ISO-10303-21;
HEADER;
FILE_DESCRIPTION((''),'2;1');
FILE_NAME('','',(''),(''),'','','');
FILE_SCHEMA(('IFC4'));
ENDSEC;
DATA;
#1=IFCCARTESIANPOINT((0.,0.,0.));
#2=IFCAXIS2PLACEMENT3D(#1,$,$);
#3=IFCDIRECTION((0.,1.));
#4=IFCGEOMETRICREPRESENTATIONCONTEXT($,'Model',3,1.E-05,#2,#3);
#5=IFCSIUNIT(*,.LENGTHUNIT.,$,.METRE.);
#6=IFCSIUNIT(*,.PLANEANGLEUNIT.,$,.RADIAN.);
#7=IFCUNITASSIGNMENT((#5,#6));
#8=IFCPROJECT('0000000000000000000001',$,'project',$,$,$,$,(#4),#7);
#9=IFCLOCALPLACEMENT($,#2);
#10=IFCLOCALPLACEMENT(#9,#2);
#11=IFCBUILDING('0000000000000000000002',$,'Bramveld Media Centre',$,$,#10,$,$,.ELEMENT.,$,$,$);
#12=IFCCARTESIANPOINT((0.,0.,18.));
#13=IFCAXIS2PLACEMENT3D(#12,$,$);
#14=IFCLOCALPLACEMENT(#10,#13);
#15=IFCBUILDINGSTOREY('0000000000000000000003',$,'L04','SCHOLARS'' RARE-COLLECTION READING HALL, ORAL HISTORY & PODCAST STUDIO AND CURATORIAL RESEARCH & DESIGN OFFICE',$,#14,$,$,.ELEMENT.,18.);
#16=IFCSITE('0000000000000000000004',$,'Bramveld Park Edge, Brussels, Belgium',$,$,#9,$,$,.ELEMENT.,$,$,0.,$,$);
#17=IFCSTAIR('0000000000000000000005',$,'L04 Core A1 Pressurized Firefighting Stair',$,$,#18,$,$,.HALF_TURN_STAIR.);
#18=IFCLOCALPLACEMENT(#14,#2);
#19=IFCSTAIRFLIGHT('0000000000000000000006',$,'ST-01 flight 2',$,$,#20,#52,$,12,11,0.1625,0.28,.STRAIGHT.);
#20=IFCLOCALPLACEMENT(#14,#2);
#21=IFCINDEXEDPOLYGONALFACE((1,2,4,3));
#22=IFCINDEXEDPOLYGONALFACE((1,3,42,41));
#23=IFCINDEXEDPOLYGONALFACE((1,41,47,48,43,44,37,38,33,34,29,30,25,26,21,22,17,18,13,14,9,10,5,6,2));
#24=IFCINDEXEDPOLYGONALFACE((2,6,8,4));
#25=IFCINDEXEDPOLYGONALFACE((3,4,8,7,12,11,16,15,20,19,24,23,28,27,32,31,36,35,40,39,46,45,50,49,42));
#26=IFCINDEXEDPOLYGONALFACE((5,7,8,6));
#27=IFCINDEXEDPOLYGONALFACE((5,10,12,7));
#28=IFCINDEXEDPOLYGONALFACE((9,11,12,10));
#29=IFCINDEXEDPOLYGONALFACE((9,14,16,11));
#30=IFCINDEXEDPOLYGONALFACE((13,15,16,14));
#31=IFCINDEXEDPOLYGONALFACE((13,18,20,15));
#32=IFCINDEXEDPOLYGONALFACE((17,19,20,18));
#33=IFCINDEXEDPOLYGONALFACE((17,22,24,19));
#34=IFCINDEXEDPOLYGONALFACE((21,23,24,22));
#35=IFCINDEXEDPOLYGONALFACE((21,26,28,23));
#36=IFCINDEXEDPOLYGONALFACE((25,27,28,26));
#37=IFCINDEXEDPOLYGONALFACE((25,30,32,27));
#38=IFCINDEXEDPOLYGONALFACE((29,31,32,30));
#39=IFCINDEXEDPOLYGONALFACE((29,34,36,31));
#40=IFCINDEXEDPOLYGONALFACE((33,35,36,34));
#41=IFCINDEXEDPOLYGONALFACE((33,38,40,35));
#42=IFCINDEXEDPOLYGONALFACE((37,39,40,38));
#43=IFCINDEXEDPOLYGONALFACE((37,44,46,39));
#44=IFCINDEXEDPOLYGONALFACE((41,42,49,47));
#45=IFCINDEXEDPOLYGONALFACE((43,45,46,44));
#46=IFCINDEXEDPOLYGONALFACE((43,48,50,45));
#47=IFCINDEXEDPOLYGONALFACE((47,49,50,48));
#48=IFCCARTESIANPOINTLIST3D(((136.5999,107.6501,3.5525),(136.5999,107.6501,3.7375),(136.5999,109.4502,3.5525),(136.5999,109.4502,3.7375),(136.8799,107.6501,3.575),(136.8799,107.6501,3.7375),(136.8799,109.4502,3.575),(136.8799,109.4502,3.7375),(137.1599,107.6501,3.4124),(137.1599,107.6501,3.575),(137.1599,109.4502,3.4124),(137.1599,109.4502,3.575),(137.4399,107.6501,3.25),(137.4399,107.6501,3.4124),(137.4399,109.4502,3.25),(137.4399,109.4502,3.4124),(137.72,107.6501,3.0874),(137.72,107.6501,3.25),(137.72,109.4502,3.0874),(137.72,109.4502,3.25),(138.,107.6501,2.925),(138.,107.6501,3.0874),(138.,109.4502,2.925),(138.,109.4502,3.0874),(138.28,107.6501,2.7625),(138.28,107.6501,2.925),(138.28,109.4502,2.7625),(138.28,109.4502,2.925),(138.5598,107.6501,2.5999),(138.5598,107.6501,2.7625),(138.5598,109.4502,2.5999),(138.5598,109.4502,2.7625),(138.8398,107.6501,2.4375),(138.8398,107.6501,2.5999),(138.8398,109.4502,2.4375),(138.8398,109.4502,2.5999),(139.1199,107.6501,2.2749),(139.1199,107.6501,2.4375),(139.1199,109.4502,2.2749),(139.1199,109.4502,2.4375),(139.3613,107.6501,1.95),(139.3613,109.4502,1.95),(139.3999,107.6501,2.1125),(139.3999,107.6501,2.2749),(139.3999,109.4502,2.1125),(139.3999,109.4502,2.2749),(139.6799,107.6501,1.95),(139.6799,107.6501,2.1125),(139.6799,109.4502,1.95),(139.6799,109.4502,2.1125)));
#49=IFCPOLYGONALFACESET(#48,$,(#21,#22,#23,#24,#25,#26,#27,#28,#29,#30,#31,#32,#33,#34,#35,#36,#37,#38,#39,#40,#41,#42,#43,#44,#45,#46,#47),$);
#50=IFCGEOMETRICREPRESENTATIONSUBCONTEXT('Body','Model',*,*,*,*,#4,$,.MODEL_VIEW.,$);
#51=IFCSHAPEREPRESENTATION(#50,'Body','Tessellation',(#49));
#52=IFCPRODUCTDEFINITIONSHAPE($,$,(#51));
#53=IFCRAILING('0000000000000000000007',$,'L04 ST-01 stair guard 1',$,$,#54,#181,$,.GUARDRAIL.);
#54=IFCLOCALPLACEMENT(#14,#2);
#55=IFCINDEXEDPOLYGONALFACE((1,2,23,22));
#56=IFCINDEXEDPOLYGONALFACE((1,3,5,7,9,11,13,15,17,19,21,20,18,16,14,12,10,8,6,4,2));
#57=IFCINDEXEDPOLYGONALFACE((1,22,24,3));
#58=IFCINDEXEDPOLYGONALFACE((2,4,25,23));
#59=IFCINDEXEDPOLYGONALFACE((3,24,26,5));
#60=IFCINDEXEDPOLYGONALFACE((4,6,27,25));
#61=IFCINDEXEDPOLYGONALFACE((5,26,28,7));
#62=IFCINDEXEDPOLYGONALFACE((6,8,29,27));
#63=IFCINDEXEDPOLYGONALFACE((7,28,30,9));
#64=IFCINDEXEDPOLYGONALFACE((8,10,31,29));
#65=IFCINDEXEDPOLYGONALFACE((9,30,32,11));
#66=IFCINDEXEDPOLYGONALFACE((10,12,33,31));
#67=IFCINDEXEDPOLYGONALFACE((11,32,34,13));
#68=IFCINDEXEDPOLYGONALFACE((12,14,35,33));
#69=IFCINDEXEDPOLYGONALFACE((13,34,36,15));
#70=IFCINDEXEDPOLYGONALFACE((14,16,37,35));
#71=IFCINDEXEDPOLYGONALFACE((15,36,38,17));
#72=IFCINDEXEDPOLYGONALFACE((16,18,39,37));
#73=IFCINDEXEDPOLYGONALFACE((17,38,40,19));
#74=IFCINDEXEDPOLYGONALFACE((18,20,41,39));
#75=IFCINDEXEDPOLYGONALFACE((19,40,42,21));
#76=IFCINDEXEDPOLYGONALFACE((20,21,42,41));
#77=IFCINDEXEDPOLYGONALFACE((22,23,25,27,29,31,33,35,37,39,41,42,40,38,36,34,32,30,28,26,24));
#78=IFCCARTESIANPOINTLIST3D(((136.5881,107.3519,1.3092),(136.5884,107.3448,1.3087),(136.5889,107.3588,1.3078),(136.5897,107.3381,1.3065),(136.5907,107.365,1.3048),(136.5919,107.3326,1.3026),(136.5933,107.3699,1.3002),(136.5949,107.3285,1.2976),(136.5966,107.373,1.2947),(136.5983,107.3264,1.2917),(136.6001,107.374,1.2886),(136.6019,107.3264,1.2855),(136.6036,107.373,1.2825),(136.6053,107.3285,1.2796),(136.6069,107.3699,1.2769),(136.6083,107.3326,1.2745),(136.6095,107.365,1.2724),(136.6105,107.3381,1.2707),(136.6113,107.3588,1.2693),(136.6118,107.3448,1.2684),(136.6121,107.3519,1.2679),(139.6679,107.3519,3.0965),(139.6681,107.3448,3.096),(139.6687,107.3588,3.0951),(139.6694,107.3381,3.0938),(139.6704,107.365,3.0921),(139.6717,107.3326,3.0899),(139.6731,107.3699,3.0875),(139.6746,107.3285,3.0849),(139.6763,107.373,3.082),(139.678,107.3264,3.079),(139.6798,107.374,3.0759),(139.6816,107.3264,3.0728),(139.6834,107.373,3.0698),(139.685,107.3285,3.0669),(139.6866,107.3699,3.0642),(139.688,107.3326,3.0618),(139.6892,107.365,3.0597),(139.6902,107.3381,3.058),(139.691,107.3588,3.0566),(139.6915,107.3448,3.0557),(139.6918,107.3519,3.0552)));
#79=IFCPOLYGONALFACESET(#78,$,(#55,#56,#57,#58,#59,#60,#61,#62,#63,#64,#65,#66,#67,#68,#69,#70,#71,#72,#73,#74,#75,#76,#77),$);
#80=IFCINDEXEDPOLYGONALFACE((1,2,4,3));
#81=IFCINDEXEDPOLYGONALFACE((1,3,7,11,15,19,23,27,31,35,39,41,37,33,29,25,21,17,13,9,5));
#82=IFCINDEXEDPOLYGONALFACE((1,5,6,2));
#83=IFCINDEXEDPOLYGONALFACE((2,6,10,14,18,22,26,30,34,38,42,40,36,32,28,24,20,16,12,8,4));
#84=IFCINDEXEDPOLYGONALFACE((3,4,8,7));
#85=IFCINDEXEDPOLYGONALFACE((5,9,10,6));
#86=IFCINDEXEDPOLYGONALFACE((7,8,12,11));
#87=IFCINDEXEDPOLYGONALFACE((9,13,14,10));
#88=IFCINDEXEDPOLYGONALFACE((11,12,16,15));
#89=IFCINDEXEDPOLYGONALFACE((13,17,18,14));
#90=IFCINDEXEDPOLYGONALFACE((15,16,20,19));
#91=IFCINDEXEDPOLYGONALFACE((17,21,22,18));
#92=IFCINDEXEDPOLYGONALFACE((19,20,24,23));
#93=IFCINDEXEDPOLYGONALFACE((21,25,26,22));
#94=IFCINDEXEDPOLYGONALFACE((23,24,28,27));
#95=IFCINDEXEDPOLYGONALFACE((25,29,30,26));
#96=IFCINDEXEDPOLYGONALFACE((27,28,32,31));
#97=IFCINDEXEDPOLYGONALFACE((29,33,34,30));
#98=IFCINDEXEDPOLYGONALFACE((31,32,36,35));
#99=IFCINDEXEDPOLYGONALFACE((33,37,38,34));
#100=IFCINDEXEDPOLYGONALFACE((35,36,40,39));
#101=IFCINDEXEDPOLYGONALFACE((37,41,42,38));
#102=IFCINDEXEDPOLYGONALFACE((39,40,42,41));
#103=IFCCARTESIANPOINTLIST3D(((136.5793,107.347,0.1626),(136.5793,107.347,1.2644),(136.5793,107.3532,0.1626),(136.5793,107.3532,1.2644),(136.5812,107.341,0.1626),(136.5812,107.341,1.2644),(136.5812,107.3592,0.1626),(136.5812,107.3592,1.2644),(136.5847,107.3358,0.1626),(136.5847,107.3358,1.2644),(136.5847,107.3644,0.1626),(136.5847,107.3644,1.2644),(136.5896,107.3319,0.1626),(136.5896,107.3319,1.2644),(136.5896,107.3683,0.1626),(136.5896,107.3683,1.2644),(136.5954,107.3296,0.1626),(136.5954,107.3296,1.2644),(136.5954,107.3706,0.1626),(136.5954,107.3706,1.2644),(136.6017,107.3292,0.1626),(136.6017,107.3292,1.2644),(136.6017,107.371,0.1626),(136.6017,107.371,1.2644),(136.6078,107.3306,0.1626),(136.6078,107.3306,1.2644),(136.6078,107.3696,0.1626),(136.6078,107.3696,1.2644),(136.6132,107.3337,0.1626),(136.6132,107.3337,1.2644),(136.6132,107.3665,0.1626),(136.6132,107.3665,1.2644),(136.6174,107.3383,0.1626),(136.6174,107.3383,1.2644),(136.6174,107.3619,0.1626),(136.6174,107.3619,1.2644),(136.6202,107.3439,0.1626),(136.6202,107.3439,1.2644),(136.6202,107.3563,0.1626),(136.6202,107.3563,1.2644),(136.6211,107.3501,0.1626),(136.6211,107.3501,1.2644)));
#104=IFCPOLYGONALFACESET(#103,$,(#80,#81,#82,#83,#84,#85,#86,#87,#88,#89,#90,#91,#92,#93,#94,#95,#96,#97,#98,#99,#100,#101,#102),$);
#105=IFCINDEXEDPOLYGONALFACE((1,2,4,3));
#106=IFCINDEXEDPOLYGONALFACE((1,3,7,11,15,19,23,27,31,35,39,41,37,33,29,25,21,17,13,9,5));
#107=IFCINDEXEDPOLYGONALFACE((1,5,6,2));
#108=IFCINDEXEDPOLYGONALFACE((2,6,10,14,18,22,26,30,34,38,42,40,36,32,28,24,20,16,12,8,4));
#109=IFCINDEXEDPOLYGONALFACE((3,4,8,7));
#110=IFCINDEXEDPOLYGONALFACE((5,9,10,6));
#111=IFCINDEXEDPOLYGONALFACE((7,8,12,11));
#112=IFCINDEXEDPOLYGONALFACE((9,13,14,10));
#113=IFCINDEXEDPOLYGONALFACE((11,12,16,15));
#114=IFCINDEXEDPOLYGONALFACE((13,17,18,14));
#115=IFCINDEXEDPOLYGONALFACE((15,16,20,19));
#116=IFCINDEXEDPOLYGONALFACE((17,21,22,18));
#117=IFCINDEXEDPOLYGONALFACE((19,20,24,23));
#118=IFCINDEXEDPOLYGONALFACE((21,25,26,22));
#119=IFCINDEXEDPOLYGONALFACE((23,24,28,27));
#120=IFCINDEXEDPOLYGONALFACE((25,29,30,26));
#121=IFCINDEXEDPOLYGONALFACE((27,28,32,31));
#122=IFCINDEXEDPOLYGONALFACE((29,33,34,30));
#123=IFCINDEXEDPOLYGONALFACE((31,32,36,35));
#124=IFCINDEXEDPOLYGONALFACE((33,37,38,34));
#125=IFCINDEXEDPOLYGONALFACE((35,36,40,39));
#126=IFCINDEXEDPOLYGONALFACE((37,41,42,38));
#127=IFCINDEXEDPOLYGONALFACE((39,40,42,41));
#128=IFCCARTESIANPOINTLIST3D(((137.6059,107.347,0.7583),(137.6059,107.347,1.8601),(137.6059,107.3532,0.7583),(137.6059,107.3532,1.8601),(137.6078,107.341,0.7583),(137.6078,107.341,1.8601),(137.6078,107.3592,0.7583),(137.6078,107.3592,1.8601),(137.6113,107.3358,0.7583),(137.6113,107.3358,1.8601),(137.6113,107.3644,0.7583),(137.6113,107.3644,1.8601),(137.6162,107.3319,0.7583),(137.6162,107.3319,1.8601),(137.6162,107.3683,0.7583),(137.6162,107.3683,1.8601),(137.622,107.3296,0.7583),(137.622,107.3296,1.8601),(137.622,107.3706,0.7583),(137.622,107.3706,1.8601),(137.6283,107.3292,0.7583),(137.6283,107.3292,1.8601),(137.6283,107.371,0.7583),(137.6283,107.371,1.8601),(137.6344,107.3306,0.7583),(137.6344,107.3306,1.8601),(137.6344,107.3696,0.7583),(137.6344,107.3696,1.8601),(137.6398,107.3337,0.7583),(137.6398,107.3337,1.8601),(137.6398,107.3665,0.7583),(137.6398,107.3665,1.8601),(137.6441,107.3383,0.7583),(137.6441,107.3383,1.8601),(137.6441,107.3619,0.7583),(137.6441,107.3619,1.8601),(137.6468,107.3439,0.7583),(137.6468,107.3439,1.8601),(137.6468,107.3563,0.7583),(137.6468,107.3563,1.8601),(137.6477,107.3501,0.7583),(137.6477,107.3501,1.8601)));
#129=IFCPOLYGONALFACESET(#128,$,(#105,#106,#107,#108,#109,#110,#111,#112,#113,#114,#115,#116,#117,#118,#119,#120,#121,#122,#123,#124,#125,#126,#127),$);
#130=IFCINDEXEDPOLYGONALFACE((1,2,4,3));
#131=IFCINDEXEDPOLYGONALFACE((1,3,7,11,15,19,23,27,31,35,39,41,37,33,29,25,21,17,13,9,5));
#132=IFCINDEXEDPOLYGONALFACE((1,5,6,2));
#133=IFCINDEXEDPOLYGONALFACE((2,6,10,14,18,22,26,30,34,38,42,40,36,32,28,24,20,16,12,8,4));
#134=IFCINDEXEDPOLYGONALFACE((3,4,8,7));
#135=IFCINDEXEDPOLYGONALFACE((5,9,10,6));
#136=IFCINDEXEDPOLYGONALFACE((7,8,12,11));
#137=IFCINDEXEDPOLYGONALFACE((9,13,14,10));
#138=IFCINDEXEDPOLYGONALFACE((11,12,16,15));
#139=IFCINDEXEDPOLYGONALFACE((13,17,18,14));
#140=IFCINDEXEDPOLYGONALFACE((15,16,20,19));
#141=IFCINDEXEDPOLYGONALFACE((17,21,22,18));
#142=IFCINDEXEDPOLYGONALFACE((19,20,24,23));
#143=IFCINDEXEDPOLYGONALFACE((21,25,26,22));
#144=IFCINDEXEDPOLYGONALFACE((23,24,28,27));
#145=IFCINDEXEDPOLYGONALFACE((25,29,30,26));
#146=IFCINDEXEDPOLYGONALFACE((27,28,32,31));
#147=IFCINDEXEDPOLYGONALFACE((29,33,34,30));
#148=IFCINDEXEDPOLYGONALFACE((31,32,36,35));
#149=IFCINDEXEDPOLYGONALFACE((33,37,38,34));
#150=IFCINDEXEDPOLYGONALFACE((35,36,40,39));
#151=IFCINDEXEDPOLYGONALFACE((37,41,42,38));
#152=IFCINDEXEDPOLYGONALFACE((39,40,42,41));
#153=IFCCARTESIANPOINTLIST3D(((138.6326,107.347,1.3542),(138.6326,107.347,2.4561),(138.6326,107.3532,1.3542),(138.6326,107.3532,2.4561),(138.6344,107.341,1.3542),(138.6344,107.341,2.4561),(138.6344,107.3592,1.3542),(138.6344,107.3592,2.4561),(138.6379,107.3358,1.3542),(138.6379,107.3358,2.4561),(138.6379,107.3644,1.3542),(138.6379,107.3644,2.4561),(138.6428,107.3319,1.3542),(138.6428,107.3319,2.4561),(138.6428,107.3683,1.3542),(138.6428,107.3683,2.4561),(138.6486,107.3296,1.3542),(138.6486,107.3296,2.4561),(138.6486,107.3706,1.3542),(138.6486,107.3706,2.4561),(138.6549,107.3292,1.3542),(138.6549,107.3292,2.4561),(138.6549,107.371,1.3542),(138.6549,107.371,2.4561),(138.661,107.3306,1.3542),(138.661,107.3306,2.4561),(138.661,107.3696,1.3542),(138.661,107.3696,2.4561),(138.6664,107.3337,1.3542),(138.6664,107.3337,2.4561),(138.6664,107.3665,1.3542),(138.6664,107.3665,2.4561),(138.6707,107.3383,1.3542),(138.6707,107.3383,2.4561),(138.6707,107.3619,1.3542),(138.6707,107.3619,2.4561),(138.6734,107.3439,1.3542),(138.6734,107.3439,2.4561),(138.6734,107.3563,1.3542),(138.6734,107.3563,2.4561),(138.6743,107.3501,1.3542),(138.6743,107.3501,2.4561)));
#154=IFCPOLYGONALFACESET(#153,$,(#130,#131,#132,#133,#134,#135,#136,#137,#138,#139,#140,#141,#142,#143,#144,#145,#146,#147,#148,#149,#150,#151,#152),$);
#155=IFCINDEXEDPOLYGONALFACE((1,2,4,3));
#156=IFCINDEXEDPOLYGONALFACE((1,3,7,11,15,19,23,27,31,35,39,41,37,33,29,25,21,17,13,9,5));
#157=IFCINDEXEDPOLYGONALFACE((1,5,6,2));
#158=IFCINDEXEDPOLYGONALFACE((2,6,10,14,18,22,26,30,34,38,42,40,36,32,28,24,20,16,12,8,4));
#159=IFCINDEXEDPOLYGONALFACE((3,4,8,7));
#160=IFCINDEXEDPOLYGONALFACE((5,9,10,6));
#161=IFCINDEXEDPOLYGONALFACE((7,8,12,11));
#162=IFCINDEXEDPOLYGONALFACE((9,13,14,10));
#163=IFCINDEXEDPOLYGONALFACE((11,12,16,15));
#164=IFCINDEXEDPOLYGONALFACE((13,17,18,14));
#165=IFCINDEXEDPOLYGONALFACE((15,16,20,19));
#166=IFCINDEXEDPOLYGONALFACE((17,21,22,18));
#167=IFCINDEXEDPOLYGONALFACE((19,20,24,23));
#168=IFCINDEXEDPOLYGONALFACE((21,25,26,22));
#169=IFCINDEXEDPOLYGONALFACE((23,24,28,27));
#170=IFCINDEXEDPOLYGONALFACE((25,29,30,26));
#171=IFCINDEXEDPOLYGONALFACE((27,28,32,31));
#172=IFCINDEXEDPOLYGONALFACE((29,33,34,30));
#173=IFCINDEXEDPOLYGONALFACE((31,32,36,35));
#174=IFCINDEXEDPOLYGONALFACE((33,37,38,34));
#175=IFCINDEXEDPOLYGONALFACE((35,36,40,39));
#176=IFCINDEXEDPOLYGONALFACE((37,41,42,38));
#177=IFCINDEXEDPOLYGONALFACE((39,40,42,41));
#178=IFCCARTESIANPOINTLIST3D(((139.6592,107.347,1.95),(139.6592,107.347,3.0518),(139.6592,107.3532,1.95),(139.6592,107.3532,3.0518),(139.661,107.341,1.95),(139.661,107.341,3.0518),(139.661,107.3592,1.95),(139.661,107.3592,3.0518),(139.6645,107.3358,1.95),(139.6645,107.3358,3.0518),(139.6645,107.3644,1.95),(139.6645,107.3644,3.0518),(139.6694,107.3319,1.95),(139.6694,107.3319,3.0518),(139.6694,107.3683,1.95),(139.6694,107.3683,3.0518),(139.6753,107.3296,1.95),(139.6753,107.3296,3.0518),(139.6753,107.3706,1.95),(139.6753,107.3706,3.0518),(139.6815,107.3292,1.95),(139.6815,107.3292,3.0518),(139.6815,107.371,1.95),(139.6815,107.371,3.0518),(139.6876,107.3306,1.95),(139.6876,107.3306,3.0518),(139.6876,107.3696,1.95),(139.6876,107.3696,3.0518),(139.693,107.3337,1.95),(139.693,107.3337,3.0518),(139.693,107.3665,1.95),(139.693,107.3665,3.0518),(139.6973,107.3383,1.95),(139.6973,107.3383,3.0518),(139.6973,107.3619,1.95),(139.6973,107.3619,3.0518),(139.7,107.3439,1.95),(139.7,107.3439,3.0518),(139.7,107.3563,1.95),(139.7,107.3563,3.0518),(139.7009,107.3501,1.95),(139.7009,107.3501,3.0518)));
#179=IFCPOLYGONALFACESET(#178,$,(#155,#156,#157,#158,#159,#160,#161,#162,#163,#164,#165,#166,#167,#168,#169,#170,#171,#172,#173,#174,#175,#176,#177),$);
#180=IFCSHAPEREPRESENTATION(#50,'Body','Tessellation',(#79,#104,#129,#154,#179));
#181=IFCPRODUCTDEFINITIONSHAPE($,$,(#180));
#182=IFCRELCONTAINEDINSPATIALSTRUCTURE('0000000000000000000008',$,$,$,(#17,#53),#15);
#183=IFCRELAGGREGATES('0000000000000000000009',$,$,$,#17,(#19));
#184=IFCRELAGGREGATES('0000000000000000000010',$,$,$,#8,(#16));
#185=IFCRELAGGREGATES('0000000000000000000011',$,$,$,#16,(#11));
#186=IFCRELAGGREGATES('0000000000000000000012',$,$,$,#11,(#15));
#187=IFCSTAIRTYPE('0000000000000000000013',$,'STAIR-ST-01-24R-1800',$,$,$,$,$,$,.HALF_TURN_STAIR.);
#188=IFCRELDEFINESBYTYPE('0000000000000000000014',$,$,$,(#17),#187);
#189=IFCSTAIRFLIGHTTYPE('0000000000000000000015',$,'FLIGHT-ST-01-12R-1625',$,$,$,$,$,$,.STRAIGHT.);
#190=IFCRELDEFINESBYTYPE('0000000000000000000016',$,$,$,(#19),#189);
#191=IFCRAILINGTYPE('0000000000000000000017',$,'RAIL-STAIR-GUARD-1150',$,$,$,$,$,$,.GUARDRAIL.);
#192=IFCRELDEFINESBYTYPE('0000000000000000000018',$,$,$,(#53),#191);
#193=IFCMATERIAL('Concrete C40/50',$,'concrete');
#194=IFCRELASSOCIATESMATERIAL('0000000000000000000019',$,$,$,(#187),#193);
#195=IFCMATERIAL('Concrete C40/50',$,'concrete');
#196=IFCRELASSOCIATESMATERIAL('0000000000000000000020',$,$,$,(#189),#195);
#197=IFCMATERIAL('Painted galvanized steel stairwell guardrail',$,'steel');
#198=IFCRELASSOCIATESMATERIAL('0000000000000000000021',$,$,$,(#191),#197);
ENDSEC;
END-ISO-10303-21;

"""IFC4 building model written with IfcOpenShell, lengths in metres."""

from ifc_helpers import new_model, si_unit, direction, frame, origin, origin_2d, place, context, subcontext, project, spatial, polyline, circle, outline, extrude, material, type_object, element, aggregate, save


model = new_model("IFC4")

# Units and contexts
model_context = context("Model", 3, precision=1e-05, world=origin(), true_north=direction((0.0, 1.0)))
body_context = subcontext(model_context, "Body", "Model", "MODEL_VIEW")
ifc_project = project(units=[si_unit("LENGTHUNIT", "METRE"), si_unit("PLANEANGLEUNIT", "RADIAN")], contexts=[model_context])

# Site, building, storey
site_placement = place(None, origin())
site = spatial("IfcSite", under=ifc_project, at=site_placement, Name="Bramveld Park Edge, Brussels, Belgium", CompositionType="ELEMENT", RefElevation=0.0)
building_placement = place(site_placement, origin())
building = spatial("IfcBuilding", under=site, at=building_placement, Name="Bramveld Media Centre", CompositionType="ELEMENT")
storey_placement = place(building_placement, frame((0.0, 0.0, 18.0)))
storey = spatial("IfcBuildingStorey", under=building, at=storey_placement, Name="L04", Description="SCHOLARS' RARE-COLLECTION READING HALL, ORAL HISTORY & PODCAST STUDIO AND CURATORIAL RESEARCH & DESIGN OFFICE", CompositionType="ELEMENT", Elevation=18.0)

# Stair, stair flight
ifc_material_1 = material(Name="Concrete C40/50", Category="concrete")
stair_type = type_object("IfcStairType", Name="STAIR-ST-01-24R-1800", PredefinedType="HALF_TURN_STAIR", material=ifc_material_1)
stair_placement = place(storey_placement, origin())
stair = element("IfcStair", 1, at=stair_placement, inside=storey, type_object=stair_type, Name="L04 Core A1 Pressurized Firefighting Stair", PredefinedType="HALF_TURN_STAIR")
ifc_material_2 = material(Name="Concrete C40/50", Category="concrete")
stair_flight_type = type_object("IfcStairFlightType", Name="FLIGHT-ST-01-12R-1625", PredefinedType="STRAIGHT", material=ifc_material_2)
stair_flight_1_placement = place(storey_placement, frame((139.6799, 108.55, 1.95), z_axis=(0.0, 0.0, 1.0), x_axis=(-1.0, 0.0, 0.0)))
stair_flight_1 = element("IfcStairFlight", 2, at=stair_flight_1_placement, type_object=stair_flight_type, Name="ST-01 flight 2", NumberOfRisers=12, NumberOfTreads=11, PredefinedType="STRAIGHT", RiserHeight=0.1625, TreadLength=0.28, context=body_context, shape_type="SweptSolid", body=[
    extrude(outline(polyline([(0.0, 0.0), (0.0, 0.1626), (0.28, 0.1626), (0.28, 0.325), (0.5601, 0.325), (0.5601, 0.4875), (0.8401, 0.4875), (0.8401, 0.6499), (1.1201, 0.6499), (1.1201, 0.8125), (1.3999, 0.8125), (1.3999, 0.9751), (1.6799, 0.9751), (1.6799, 1.1375), (1.96, 1.1375), (1.96, 1.3), (2.24, 1.3), (2.24, 1.4624), (2.52, 1.4624), (2.52, 1.625), (2.8, 1.625), (2.8, 1.7876), (3.0801, 1.7876), (3.0801, 1.95), (3.0801, 1.6025), (0.3186, 0.0), (0.0, 0.0)])), frame((0.0, 0.8999, 0.0), z_axis=(0.0, -1.0, 0.0), x_axis=(1.0, 0.0, 0.0)), (0.0, 0.0, 1.0), 1.8),
])
aggregate(stair, [stair_flight_1])

# Railing
ifc_material_3 = material(Name="Painted galvanized steel stairwell guardrail", Category="steel")
railing_type_1 = type_object("IfcRailingType", Name="RAIL-STAIR-GUARD-1150", PredefinedType="GUARDRAIL", material=ifc_material_3)
railing_1_placement = place(storey_placement, frame((136.6001, 107.3501, 0.1626)))
element("IfcRailing", 3, at=railing_1_placement, inside=storey, type_object=railing_type_1, Name="L04 ST-01 stair guard 1", PredefinedType="GUARDRAIL", context=body_context, shape_type="SweptSolid", body=[
    extrude(circle(Radius=0.0239, at=origin_2d()), frame((0.0, 0.0, 1.126), z_axis=(0.864903, 0.0, 0.501939), x_axis=(0.0, 1.0, 0.0)), (0.0, 0.0, 1.0), 3.5608),
    extrude(circle(Radius=0.021, at=origin_2d()), origin(), (0.0, 0.0, 1.0), 1.1018),
    extrude(circle(Radius=0.021, at=origin_2d()), frame((1.0266, 0.0, 0.5957)), (0.0, 0.0, 1.0), 1.1018),
    extrude(circle(Radius=0.021, at=origin_2d()), frame((2.0532, 0.0, 1.1917)), (0.0, 0.0, 1.0), 1.1018),
    extrude(circle(Radius=0.021, at=origin_2d()), frame((3.0798, 0.0, 1.7874)), (0.0, 0.0, 1.0), 1.1018),
])

save(model, "model.ifc")
